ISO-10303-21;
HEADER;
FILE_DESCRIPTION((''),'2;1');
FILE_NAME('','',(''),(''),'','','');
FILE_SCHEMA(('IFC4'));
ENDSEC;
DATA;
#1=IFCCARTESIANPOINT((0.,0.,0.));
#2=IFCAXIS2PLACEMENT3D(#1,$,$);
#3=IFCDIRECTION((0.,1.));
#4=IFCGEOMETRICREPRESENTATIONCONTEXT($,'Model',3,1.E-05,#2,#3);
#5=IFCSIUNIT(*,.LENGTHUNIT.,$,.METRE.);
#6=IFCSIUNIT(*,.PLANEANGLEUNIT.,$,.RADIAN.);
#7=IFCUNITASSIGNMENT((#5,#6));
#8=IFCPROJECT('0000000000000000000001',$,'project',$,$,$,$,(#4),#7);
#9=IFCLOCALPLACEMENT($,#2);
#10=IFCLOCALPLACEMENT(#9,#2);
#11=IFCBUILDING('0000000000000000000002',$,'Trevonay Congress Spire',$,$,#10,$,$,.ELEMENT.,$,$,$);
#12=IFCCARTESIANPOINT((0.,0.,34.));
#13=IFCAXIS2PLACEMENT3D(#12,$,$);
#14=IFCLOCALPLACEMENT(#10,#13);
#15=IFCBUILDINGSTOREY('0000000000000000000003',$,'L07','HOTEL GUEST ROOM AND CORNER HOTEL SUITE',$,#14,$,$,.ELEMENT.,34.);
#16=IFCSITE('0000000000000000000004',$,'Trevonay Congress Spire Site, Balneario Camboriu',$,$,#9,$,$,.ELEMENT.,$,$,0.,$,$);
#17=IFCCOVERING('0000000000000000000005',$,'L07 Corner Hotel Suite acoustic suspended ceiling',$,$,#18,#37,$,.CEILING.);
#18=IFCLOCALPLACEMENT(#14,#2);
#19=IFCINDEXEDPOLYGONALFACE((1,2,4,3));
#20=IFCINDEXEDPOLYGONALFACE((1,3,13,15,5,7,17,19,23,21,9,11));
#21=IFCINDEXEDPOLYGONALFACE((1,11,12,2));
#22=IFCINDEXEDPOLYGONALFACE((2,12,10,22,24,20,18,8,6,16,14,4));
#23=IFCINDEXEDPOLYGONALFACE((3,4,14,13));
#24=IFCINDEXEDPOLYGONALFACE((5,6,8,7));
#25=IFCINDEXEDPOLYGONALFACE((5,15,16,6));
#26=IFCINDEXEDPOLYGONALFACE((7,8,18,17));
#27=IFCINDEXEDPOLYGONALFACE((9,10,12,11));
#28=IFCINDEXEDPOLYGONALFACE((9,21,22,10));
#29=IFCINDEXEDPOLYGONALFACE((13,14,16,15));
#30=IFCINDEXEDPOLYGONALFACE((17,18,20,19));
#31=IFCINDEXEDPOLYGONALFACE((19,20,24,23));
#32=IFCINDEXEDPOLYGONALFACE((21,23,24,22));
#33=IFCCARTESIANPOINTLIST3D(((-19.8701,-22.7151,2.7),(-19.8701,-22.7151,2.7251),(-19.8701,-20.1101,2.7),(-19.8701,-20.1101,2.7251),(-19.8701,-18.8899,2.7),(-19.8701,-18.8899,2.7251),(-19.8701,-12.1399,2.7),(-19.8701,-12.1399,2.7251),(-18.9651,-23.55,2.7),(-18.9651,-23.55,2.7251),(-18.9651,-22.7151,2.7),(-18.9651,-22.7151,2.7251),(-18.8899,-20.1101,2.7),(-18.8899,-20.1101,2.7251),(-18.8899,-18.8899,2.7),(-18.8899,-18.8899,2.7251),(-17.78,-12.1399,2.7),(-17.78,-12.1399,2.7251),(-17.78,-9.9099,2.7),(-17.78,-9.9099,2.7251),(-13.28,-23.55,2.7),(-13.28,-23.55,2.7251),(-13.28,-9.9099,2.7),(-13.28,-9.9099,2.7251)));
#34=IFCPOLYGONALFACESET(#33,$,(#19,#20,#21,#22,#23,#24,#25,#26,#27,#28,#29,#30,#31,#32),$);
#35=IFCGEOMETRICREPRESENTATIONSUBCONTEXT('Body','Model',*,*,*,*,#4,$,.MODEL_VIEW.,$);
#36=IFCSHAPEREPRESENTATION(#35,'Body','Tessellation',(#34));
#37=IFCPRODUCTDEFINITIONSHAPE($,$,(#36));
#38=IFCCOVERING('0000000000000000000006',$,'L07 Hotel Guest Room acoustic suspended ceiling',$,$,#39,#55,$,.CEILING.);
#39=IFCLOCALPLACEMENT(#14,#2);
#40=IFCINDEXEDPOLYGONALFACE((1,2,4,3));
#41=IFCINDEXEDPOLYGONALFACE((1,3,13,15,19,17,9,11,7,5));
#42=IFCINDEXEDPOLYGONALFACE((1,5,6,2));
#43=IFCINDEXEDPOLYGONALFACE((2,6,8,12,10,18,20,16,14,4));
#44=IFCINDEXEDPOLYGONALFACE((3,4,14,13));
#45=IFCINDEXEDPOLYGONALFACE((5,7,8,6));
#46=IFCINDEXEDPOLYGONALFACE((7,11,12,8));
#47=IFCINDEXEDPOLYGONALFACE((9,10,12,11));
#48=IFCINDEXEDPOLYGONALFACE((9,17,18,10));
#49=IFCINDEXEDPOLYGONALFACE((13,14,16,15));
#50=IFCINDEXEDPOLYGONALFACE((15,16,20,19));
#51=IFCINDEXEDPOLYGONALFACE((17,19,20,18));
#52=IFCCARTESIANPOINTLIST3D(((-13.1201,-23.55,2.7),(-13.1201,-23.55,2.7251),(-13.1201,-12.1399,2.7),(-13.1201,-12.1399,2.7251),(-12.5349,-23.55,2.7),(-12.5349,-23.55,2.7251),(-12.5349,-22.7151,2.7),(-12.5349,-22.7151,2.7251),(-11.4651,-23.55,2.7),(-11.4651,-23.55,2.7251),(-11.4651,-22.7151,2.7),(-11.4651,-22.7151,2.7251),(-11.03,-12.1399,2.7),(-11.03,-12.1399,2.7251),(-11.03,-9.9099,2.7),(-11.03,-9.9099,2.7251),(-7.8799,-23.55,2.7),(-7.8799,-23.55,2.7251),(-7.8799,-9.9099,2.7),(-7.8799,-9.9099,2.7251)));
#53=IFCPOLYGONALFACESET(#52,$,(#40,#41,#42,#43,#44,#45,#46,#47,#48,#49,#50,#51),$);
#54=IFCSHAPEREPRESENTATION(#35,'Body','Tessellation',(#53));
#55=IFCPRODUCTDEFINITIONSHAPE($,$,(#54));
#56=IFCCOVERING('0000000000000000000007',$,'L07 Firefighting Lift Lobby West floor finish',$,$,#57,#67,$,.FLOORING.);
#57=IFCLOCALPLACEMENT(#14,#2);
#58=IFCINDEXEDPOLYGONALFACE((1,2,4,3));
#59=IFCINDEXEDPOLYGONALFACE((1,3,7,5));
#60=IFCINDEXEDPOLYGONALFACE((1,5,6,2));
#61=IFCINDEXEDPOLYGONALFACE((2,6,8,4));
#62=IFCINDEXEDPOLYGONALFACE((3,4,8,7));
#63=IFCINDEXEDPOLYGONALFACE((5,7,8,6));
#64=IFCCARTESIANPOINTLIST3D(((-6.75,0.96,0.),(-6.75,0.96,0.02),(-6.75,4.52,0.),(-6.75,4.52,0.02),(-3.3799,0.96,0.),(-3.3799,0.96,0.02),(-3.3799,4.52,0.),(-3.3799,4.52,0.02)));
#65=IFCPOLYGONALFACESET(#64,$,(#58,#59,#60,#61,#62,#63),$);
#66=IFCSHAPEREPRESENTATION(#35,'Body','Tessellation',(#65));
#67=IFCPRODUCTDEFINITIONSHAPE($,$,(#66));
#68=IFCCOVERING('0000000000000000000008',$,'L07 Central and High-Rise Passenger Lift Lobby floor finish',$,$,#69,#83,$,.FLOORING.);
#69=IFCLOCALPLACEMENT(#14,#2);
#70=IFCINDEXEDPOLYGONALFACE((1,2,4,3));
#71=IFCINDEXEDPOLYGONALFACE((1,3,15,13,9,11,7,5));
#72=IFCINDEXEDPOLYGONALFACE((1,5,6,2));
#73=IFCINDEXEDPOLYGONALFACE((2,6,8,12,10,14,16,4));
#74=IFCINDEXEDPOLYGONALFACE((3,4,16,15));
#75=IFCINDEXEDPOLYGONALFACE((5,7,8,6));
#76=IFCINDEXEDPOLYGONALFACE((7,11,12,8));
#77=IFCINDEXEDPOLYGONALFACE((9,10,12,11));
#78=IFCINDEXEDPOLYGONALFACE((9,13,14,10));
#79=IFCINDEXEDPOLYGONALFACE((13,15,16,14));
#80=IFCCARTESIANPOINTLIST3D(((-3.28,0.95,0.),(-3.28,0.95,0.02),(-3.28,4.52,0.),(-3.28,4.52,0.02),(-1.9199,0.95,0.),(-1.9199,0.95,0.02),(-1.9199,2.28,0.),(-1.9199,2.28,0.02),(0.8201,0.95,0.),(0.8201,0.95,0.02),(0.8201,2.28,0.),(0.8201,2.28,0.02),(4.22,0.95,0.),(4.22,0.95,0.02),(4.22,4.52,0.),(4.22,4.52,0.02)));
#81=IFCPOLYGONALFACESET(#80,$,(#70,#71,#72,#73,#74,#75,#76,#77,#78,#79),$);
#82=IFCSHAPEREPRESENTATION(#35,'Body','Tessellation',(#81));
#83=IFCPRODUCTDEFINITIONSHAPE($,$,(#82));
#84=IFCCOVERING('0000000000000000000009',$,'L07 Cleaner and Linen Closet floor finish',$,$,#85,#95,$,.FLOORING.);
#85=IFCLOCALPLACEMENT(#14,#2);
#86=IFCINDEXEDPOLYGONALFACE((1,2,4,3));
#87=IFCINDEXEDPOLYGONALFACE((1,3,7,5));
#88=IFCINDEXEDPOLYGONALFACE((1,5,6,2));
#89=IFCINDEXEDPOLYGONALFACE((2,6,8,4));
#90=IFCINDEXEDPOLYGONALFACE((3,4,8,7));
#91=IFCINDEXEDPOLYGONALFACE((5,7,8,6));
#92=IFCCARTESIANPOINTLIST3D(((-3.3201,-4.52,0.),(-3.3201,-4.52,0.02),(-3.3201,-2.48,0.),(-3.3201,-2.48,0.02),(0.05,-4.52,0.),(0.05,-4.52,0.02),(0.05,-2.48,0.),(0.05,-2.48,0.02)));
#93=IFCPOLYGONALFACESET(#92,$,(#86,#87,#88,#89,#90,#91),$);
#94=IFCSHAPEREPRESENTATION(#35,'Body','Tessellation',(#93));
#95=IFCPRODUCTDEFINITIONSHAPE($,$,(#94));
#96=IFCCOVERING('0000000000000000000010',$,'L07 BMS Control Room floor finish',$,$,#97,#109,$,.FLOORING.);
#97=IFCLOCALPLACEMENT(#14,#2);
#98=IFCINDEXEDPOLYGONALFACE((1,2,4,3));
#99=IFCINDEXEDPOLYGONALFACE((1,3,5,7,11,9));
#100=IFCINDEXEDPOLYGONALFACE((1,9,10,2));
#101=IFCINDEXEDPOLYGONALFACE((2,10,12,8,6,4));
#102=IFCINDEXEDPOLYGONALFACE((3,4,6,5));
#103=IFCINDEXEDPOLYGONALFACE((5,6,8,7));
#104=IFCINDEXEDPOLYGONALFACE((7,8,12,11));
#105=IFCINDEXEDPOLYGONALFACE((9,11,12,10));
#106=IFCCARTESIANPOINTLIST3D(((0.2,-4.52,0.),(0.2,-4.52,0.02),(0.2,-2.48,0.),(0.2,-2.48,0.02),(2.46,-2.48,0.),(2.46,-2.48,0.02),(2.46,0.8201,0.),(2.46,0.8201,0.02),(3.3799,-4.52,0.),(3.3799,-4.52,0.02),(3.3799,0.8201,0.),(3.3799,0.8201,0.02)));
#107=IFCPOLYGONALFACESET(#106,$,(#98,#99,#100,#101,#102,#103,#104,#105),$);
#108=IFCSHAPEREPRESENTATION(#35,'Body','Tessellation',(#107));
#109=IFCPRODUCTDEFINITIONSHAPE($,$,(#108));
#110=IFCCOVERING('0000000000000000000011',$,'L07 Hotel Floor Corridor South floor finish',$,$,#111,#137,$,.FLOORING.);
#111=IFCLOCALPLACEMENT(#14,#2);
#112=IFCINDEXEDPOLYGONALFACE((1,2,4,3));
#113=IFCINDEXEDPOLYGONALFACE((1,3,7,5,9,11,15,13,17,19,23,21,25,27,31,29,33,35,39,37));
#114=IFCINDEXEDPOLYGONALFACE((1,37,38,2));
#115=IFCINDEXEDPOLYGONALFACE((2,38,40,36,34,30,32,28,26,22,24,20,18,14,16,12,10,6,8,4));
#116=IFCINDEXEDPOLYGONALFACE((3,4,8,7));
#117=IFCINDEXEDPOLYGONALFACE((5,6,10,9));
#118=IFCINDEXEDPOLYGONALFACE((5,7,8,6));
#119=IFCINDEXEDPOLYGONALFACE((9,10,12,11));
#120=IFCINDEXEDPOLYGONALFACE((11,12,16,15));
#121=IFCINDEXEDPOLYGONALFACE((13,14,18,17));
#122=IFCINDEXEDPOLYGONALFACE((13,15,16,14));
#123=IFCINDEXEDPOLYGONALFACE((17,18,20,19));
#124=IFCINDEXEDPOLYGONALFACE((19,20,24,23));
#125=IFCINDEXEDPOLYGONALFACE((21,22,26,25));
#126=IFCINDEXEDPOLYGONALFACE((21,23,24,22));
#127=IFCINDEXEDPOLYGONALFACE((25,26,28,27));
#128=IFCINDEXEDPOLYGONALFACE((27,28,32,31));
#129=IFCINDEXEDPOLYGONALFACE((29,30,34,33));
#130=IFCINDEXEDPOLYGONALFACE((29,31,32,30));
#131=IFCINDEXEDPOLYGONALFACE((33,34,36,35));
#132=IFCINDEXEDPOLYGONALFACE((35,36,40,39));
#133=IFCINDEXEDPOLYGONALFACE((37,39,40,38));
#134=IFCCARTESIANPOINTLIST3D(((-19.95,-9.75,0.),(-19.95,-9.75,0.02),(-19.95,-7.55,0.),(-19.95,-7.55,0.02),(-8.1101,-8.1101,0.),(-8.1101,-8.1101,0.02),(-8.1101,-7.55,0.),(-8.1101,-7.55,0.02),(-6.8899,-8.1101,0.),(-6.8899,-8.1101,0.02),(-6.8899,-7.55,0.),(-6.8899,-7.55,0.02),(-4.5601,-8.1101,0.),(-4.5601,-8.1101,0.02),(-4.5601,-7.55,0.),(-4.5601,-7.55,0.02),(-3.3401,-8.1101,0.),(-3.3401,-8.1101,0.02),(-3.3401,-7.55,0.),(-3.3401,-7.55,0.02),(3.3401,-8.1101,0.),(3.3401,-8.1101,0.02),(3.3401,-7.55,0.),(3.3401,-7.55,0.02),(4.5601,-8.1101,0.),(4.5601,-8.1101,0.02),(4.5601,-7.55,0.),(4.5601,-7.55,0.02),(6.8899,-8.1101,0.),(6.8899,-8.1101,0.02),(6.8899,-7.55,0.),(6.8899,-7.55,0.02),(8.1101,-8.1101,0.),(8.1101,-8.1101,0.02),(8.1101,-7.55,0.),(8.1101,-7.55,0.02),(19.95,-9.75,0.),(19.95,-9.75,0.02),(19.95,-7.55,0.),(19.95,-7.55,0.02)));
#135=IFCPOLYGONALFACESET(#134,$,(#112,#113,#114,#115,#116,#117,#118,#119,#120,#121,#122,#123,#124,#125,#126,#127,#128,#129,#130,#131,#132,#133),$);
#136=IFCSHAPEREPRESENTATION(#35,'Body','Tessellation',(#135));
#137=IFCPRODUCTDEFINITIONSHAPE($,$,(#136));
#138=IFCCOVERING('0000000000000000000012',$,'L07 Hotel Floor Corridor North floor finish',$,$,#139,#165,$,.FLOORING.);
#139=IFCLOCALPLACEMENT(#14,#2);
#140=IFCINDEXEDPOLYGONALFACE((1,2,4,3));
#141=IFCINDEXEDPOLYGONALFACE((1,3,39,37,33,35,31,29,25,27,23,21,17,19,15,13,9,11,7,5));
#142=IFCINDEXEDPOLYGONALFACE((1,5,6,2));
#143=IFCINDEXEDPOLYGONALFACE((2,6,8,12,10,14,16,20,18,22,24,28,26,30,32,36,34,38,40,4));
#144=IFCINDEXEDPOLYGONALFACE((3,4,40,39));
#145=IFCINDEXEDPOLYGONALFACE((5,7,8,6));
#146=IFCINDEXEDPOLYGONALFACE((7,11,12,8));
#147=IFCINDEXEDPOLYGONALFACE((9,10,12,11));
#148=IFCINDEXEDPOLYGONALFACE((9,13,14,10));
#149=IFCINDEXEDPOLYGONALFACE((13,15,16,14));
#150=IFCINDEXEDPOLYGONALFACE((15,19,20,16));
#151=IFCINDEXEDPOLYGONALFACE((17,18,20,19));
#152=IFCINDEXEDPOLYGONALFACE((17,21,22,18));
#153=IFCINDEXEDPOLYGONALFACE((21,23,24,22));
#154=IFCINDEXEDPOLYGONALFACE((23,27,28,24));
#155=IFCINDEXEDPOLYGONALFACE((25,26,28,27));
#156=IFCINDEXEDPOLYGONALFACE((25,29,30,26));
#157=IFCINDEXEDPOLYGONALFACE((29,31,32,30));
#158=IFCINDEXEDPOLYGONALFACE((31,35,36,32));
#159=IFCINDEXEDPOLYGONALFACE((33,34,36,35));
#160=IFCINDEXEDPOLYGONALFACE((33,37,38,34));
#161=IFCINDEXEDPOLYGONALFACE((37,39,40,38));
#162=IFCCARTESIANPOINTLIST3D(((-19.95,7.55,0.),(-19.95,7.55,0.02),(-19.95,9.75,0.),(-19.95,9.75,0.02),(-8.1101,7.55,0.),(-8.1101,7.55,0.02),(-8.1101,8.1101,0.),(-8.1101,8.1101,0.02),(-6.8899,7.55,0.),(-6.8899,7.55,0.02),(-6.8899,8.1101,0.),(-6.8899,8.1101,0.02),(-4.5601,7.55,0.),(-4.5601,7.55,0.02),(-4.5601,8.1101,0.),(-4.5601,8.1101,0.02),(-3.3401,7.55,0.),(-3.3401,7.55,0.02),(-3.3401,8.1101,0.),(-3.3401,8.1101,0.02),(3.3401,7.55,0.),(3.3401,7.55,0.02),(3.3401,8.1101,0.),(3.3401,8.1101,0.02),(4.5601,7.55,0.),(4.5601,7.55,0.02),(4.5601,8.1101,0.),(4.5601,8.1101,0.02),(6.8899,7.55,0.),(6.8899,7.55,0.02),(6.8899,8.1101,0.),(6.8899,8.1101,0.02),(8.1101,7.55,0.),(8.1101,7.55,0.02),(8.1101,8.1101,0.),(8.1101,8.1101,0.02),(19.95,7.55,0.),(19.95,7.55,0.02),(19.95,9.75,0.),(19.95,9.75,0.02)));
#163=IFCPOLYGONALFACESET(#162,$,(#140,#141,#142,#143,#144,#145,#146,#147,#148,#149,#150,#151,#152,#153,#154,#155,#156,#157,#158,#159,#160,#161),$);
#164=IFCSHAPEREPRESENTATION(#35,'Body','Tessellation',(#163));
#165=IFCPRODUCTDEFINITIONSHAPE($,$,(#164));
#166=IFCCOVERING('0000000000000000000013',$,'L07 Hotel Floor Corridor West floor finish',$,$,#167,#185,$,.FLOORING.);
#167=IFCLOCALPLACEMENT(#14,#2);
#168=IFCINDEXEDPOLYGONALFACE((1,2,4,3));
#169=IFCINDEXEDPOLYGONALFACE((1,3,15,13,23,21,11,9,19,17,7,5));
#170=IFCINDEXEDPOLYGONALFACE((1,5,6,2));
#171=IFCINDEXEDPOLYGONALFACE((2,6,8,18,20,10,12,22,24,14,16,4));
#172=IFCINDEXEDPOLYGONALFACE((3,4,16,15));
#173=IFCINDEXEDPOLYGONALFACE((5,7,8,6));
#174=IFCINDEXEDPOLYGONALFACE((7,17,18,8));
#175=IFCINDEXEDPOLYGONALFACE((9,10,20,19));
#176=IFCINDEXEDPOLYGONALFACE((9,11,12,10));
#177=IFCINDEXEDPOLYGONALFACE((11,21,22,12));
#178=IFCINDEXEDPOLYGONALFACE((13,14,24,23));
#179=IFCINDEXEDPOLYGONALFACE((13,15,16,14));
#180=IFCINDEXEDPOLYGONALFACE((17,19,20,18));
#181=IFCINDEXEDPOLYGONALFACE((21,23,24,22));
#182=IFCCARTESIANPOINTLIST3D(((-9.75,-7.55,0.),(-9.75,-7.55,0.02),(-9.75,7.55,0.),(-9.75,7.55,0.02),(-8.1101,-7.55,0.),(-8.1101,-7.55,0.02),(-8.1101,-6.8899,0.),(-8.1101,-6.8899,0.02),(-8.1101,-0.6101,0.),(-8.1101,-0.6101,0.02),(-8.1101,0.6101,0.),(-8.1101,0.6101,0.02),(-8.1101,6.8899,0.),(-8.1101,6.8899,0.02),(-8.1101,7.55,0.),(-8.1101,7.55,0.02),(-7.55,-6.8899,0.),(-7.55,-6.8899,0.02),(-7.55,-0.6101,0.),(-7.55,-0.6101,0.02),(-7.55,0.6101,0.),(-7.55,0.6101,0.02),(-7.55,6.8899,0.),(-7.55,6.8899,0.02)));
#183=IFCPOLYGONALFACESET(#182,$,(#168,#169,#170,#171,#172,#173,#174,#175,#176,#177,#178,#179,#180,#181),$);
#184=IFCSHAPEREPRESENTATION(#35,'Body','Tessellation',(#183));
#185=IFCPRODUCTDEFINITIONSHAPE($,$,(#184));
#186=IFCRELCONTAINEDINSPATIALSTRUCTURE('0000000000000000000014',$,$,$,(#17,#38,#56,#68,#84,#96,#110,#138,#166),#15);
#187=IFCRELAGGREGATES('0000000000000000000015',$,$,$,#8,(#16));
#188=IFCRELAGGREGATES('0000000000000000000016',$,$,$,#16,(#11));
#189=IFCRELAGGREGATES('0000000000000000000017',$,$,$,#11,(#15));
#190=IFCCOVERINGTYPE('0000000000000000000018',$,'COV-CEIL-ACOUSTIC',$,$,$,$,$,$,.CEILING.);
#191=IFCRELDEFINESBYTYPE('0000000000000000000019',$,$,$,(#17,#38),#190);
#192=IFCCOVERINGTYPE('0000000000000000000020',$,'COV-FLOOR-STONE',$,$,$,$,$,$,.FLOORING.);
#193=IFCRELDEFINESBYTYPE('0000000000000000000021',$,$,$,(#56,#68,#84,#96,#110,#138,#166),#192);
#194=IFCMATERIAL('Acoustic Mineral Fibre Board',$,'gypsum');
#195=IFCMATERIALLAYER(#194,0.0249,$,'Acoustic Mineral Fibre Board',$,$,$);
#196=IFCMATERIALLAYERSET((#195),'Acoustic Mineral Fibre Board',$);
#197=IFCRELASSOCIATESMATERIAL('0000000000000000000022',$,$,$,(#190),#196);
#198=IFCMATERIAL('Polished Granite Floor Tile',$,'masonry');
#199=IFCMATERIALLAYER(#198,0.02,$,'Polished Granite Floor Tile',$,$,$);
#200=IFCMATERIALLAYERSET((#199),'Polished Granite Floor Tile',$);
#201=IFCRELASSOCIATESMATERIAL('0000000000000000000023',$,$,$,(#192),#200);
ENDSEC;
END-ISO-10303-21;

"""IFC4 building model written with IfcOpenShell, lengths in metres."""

from ifc_helpers import new_model, si_unit, direction, frame, origin, place, context, subcontext, project, spatial, polyline, outline, extrude, material, layer, layer_set, type_object, element, save


model = new_model("IFC4")

# Units and contexts
model_context = context("Model", 3, precision=1e-05, world=origin(), true_north=direction((0.0, 1.0)))
body_context = subcontext(model_context, "Body", "Model", "MODEL_VIEW")
ifc_project = project(units=[si_unit("LENGTHUNIT", "METRE"), si_unit("PLANEANGLEUNIT", "RADIAN")], contexts=[model_context])

# Site, building, storey
site_placement = place(None, origin())
site = spatial("IfcSite", under=ifc_project, at=site_placement, Name="Trevonay Congress Spire Site, Balneario Camboriu", CompositionType="ELEMENT", RefElevation=0.0)
building_placement = place(site_placement, origin())
building = spatial("IfcBuilding", under=site, at=building_placement, Name="Trevonay Congress Spire", CompositionType="ELEMENT")
storey_placement = place(building_placement, frame((0.0, 0.0, 34.0)))
storey = spatial("IfcBuildingStorey", under=building, at=storey_placement, Name="L07", Description="HOTEL GUEST ROOM AND CORNER HOTEL SUITE", CompositionType="ELEMENT", Elevation=34.0)

# Coverings
ifc_material_1 = material(Name="Acoustic Mineral Fibre Board", Category="gypsum")
ifc_layer_1 = layer(ifc_material_1, 0.0249, Name="Acoustic Mineral Fibre Board")
ifc_layer_set_1 = layer_set([ifc_layer_1], Name="Acoustic Mineral Fibre Board")
covering_type_1 = type_object("IfcCoveringType", Name="COV-CEIL-ACOUSTIC", PredefinedType="CEILING", material=ifc_layer_set_1)
covering_1_placement = place(storey_placement, frame((0.0, 0.0, 2.7)))
element("IfcCovering", 1, at=covering_1_placement, inside=storey, type_object=covering_type_1, Name="L07 Corner Hotel Suite acoustic suspended ceiling", PredefinedType="CEILING", context=body_context, shape_type="SweptSolid", body=[
    extrude(outline(polyline([(-19.8701, -12.1399), (-17.78, -12.1399), (-17.78, -9.9099), (-13.28, -9.9099), (-13.28, -23.55), (-18.9651, -23.55), (-18.9651, -22.7151), (-19.8701, -22.7151), (-19.8701, -20.1101), (-18.8899, -20.1101), (-18.8899, -18.8899), (-19.8701, -18.8899), (-19.8701, -12.1399)])), origin(), (0.0, 0.0, 1.0), 0.0251),
])
covering_2_placement = place(storey_placement, frame((0.0, 0.0, 2.7)))
element("IfcCovering", 2, at=covering_2_placement, inside=storey, type_object=covering_type_1, Name="L07 Hotel Guest Room acoustic suspended ceiling", PredefinedType="CEILING", context=body_context, shape_type="SweptSolid", body=[
    extrude(outline(polyline([(-13.1201, -23.55), (-13.1201, -12.1399), (-11.03, -12.1399), (-11.03, -9.9099), (-7.8799, -9.9099), (-7.8799, -23.55), (-11.4651, -23.55), (-11.4651, -22.7151), (-12.5349, -22.7151), (-12.5349, -23.55), (-13.1201, -23.55)])), origin(), (0.0, 0.0, 1.0), 0.0251),
])
ifc_material_2 = material(Name="Polished Granite Floor Tile", Category="masonry")
ifc_layer_2 = layer(ifc_material_2, 0.02, Name="Polished Granite Floor Tile")
ifc_layer_set_2 = layer_set([ifc_layer_2], Name="Polished Granite Floor Tile")
covering_type_2 = type_object("IfcCoveringType", Name="COV-FLOOR-STONE", PredefinedType="FLOORING", material=ifc_layer_set_2)
covering_3_placement = place(storey_placement, origin())
element("IfcCovering", 3, at=covering_3_placement, inside=storey, type_object=covering_type_2, Name="L07 Firefighting Lift Lobby West floor finish", PredefinedType="FLOORING", context=body_context, shape_type="SweptSolid", body=[
    extrude(outline(polyline([(-6.75, 0.96), (-3.3799, 0.96), (-3.3799, 4.52), (-6.75, 4.52), (-6.75, 0.96)])), origin(), (0.0, 0.0, 1.0), 0.02),
])
covering_4_placement = place(storey_placement, origin())
element("IfcCovering", 4, at=covering_4_placement, inside=storey, type_object=covering_type_2, Name="L07 Central and High-Rise Passenger Lift Lobby floor finish", PredefinedType="FLOORING", context=body_context, shape_type="SweptSolid", body=[
    extrude(outline(polyline([(-3.28, 0.95), (-1.9199, 0.95), (-1.9199, 2.28), (0.8201, 2.28), (0.8201, 0.95), (4.22, 0.95), (4.22, 4.52), (-3.28, 4.52), (-3.28, 0.95)])), origin(), (0.0, 0.0, 1.0), 0.02),
])
covering_5_placement = place(storey_placement, origin())
element("IfcCovering", 5, at=covering_5_placement, inside=storey, type_object=covering_type_2, Name="L07 Cleaner and Linen Closet floor finish", PredefinedType="FLOORING", context=body_context, shape_type="SweptSolid", body=[
    extrude(outline(polyline([(-3.3201, -4.52), (0.05, -4.52), (0.05, -2.48), (-3.3201, -2.48), (-3.3201, -4.52)])), origin(), (0.0, 0.0, 1.0), 0.02),
])
covering_6_placement = place(storey_placement, origin())
element("IfcCovering", 6, at=covering_6_placement, inside=storey, type_object=covering_type_2, Name="L07 BMS Control Room floor finish", PredefinedType="FLOORING", context=body_context, shape_type="SweptSolid", body=[
    extrude(outline(polyline([(0.2, -4.52), (3.3799, -4.52), (3.3799, 0.8201), (2.46, 0.8201), (2.46, -2.48), (0.2, -2.48), (0.2, -4.52)])), origin(), (0.0, 0.0, 1.0), 0.02),
])
covering_7_placement = place(storey_placement, origin())
element("IfcCovering", 7, at=covering_7_placement, inside=storey, type_object=covering_type_2, Name="L07 Hotel Floor Corridor South floor finish", PredefinedType="FLOORING", context=body_context, shape_type="SweptSolid", body=[
    extrude(outline(polyline([(19.95, -7.55), (19.95, -9.75), (-19.95, -9.75), (-19.95, -7.55), (-8.1101, -7.55), (-8.1101, -8.1101), (-6.8899, -8.1101), (-6.8899, -7.55), (-4.5601, -7.55), (-4.5601, -8.1101), (-3.3401, -8.1101), (-3.3401, -7.55), (3.3401, -7.55), (3.3401, -8.1101), (4.5601, -8.1101), (4.5601, -7.55), (6.8899, -7.55), (6.8899, -8.1101), (8.1101, -8.1101), (8.1101, -7.55), (19.95, -7.55)])), origin(), (0.0, 0.0, 1.0), 0.02),
])
covering_8_placement = place(storey_placement, origin())
element("IfcCovering", 8, at=covering_8_placement, inside=storey, type_object=covering_type_2, Name="L07 Hotel Floor Corridor North floor finish", PredefinedType="FLOORING", context=body_context, shape_type="SweptSolid", body=[
    extrude(outline(polyline([(-19.95, 7.55), (-19.95, 9.75), (19.95, 9.75), (19.95, 7.55), (8.1101, 7.55), (8.1101, 8.1101), (6.8899, 8.1101), (6.8899, 7.55), (4.5601, 7.55), (4.5601, 8.1101), (3.3401, 8.1101), (3.3401, 7.55), (-3.3401, 7.55), (-3.3401, 8.1101), (-4.5601, 8.1101), (-4.5601, 7.55), (-6.8899, 7.55), (-6.8899, 8.1101), (-8.1101, 8.1101), (-8.1101, 7.55), (-19.95, 7.55)])), origin(), (0.0, 0.0, 1.0), 0.02),
])
covering_9_placement = place(storey_placement, origin())
element("IfcCovering", 9, at=covering_9_placement, inside=storey, type_object=covering_type_2, Name="L07 Hotel Floor Corridor West floor finish", PredefinedType="FLOORING", context=body_context, shape_type="SweptSolid", body=[
    extrude(outline(polyline([(-9.75, 7.55), (-8.1101, 7.55), (-8.1101, 6.8899), (-7.55, 6.8899), (-7.55, 0.6101), (-8.1101, 0.6101), (-8.1101, -0.6101), (-7.55, -0.6101), (-7.55, -6.8899), (-8.1101, -6.8899), (-8.1101, -7.55), (-9.75, -7.55), (-9.75, 7.55)])), origin(), (0.0, 0.0, 1.0), 0.02),
])

save(model, "model.ifc")
